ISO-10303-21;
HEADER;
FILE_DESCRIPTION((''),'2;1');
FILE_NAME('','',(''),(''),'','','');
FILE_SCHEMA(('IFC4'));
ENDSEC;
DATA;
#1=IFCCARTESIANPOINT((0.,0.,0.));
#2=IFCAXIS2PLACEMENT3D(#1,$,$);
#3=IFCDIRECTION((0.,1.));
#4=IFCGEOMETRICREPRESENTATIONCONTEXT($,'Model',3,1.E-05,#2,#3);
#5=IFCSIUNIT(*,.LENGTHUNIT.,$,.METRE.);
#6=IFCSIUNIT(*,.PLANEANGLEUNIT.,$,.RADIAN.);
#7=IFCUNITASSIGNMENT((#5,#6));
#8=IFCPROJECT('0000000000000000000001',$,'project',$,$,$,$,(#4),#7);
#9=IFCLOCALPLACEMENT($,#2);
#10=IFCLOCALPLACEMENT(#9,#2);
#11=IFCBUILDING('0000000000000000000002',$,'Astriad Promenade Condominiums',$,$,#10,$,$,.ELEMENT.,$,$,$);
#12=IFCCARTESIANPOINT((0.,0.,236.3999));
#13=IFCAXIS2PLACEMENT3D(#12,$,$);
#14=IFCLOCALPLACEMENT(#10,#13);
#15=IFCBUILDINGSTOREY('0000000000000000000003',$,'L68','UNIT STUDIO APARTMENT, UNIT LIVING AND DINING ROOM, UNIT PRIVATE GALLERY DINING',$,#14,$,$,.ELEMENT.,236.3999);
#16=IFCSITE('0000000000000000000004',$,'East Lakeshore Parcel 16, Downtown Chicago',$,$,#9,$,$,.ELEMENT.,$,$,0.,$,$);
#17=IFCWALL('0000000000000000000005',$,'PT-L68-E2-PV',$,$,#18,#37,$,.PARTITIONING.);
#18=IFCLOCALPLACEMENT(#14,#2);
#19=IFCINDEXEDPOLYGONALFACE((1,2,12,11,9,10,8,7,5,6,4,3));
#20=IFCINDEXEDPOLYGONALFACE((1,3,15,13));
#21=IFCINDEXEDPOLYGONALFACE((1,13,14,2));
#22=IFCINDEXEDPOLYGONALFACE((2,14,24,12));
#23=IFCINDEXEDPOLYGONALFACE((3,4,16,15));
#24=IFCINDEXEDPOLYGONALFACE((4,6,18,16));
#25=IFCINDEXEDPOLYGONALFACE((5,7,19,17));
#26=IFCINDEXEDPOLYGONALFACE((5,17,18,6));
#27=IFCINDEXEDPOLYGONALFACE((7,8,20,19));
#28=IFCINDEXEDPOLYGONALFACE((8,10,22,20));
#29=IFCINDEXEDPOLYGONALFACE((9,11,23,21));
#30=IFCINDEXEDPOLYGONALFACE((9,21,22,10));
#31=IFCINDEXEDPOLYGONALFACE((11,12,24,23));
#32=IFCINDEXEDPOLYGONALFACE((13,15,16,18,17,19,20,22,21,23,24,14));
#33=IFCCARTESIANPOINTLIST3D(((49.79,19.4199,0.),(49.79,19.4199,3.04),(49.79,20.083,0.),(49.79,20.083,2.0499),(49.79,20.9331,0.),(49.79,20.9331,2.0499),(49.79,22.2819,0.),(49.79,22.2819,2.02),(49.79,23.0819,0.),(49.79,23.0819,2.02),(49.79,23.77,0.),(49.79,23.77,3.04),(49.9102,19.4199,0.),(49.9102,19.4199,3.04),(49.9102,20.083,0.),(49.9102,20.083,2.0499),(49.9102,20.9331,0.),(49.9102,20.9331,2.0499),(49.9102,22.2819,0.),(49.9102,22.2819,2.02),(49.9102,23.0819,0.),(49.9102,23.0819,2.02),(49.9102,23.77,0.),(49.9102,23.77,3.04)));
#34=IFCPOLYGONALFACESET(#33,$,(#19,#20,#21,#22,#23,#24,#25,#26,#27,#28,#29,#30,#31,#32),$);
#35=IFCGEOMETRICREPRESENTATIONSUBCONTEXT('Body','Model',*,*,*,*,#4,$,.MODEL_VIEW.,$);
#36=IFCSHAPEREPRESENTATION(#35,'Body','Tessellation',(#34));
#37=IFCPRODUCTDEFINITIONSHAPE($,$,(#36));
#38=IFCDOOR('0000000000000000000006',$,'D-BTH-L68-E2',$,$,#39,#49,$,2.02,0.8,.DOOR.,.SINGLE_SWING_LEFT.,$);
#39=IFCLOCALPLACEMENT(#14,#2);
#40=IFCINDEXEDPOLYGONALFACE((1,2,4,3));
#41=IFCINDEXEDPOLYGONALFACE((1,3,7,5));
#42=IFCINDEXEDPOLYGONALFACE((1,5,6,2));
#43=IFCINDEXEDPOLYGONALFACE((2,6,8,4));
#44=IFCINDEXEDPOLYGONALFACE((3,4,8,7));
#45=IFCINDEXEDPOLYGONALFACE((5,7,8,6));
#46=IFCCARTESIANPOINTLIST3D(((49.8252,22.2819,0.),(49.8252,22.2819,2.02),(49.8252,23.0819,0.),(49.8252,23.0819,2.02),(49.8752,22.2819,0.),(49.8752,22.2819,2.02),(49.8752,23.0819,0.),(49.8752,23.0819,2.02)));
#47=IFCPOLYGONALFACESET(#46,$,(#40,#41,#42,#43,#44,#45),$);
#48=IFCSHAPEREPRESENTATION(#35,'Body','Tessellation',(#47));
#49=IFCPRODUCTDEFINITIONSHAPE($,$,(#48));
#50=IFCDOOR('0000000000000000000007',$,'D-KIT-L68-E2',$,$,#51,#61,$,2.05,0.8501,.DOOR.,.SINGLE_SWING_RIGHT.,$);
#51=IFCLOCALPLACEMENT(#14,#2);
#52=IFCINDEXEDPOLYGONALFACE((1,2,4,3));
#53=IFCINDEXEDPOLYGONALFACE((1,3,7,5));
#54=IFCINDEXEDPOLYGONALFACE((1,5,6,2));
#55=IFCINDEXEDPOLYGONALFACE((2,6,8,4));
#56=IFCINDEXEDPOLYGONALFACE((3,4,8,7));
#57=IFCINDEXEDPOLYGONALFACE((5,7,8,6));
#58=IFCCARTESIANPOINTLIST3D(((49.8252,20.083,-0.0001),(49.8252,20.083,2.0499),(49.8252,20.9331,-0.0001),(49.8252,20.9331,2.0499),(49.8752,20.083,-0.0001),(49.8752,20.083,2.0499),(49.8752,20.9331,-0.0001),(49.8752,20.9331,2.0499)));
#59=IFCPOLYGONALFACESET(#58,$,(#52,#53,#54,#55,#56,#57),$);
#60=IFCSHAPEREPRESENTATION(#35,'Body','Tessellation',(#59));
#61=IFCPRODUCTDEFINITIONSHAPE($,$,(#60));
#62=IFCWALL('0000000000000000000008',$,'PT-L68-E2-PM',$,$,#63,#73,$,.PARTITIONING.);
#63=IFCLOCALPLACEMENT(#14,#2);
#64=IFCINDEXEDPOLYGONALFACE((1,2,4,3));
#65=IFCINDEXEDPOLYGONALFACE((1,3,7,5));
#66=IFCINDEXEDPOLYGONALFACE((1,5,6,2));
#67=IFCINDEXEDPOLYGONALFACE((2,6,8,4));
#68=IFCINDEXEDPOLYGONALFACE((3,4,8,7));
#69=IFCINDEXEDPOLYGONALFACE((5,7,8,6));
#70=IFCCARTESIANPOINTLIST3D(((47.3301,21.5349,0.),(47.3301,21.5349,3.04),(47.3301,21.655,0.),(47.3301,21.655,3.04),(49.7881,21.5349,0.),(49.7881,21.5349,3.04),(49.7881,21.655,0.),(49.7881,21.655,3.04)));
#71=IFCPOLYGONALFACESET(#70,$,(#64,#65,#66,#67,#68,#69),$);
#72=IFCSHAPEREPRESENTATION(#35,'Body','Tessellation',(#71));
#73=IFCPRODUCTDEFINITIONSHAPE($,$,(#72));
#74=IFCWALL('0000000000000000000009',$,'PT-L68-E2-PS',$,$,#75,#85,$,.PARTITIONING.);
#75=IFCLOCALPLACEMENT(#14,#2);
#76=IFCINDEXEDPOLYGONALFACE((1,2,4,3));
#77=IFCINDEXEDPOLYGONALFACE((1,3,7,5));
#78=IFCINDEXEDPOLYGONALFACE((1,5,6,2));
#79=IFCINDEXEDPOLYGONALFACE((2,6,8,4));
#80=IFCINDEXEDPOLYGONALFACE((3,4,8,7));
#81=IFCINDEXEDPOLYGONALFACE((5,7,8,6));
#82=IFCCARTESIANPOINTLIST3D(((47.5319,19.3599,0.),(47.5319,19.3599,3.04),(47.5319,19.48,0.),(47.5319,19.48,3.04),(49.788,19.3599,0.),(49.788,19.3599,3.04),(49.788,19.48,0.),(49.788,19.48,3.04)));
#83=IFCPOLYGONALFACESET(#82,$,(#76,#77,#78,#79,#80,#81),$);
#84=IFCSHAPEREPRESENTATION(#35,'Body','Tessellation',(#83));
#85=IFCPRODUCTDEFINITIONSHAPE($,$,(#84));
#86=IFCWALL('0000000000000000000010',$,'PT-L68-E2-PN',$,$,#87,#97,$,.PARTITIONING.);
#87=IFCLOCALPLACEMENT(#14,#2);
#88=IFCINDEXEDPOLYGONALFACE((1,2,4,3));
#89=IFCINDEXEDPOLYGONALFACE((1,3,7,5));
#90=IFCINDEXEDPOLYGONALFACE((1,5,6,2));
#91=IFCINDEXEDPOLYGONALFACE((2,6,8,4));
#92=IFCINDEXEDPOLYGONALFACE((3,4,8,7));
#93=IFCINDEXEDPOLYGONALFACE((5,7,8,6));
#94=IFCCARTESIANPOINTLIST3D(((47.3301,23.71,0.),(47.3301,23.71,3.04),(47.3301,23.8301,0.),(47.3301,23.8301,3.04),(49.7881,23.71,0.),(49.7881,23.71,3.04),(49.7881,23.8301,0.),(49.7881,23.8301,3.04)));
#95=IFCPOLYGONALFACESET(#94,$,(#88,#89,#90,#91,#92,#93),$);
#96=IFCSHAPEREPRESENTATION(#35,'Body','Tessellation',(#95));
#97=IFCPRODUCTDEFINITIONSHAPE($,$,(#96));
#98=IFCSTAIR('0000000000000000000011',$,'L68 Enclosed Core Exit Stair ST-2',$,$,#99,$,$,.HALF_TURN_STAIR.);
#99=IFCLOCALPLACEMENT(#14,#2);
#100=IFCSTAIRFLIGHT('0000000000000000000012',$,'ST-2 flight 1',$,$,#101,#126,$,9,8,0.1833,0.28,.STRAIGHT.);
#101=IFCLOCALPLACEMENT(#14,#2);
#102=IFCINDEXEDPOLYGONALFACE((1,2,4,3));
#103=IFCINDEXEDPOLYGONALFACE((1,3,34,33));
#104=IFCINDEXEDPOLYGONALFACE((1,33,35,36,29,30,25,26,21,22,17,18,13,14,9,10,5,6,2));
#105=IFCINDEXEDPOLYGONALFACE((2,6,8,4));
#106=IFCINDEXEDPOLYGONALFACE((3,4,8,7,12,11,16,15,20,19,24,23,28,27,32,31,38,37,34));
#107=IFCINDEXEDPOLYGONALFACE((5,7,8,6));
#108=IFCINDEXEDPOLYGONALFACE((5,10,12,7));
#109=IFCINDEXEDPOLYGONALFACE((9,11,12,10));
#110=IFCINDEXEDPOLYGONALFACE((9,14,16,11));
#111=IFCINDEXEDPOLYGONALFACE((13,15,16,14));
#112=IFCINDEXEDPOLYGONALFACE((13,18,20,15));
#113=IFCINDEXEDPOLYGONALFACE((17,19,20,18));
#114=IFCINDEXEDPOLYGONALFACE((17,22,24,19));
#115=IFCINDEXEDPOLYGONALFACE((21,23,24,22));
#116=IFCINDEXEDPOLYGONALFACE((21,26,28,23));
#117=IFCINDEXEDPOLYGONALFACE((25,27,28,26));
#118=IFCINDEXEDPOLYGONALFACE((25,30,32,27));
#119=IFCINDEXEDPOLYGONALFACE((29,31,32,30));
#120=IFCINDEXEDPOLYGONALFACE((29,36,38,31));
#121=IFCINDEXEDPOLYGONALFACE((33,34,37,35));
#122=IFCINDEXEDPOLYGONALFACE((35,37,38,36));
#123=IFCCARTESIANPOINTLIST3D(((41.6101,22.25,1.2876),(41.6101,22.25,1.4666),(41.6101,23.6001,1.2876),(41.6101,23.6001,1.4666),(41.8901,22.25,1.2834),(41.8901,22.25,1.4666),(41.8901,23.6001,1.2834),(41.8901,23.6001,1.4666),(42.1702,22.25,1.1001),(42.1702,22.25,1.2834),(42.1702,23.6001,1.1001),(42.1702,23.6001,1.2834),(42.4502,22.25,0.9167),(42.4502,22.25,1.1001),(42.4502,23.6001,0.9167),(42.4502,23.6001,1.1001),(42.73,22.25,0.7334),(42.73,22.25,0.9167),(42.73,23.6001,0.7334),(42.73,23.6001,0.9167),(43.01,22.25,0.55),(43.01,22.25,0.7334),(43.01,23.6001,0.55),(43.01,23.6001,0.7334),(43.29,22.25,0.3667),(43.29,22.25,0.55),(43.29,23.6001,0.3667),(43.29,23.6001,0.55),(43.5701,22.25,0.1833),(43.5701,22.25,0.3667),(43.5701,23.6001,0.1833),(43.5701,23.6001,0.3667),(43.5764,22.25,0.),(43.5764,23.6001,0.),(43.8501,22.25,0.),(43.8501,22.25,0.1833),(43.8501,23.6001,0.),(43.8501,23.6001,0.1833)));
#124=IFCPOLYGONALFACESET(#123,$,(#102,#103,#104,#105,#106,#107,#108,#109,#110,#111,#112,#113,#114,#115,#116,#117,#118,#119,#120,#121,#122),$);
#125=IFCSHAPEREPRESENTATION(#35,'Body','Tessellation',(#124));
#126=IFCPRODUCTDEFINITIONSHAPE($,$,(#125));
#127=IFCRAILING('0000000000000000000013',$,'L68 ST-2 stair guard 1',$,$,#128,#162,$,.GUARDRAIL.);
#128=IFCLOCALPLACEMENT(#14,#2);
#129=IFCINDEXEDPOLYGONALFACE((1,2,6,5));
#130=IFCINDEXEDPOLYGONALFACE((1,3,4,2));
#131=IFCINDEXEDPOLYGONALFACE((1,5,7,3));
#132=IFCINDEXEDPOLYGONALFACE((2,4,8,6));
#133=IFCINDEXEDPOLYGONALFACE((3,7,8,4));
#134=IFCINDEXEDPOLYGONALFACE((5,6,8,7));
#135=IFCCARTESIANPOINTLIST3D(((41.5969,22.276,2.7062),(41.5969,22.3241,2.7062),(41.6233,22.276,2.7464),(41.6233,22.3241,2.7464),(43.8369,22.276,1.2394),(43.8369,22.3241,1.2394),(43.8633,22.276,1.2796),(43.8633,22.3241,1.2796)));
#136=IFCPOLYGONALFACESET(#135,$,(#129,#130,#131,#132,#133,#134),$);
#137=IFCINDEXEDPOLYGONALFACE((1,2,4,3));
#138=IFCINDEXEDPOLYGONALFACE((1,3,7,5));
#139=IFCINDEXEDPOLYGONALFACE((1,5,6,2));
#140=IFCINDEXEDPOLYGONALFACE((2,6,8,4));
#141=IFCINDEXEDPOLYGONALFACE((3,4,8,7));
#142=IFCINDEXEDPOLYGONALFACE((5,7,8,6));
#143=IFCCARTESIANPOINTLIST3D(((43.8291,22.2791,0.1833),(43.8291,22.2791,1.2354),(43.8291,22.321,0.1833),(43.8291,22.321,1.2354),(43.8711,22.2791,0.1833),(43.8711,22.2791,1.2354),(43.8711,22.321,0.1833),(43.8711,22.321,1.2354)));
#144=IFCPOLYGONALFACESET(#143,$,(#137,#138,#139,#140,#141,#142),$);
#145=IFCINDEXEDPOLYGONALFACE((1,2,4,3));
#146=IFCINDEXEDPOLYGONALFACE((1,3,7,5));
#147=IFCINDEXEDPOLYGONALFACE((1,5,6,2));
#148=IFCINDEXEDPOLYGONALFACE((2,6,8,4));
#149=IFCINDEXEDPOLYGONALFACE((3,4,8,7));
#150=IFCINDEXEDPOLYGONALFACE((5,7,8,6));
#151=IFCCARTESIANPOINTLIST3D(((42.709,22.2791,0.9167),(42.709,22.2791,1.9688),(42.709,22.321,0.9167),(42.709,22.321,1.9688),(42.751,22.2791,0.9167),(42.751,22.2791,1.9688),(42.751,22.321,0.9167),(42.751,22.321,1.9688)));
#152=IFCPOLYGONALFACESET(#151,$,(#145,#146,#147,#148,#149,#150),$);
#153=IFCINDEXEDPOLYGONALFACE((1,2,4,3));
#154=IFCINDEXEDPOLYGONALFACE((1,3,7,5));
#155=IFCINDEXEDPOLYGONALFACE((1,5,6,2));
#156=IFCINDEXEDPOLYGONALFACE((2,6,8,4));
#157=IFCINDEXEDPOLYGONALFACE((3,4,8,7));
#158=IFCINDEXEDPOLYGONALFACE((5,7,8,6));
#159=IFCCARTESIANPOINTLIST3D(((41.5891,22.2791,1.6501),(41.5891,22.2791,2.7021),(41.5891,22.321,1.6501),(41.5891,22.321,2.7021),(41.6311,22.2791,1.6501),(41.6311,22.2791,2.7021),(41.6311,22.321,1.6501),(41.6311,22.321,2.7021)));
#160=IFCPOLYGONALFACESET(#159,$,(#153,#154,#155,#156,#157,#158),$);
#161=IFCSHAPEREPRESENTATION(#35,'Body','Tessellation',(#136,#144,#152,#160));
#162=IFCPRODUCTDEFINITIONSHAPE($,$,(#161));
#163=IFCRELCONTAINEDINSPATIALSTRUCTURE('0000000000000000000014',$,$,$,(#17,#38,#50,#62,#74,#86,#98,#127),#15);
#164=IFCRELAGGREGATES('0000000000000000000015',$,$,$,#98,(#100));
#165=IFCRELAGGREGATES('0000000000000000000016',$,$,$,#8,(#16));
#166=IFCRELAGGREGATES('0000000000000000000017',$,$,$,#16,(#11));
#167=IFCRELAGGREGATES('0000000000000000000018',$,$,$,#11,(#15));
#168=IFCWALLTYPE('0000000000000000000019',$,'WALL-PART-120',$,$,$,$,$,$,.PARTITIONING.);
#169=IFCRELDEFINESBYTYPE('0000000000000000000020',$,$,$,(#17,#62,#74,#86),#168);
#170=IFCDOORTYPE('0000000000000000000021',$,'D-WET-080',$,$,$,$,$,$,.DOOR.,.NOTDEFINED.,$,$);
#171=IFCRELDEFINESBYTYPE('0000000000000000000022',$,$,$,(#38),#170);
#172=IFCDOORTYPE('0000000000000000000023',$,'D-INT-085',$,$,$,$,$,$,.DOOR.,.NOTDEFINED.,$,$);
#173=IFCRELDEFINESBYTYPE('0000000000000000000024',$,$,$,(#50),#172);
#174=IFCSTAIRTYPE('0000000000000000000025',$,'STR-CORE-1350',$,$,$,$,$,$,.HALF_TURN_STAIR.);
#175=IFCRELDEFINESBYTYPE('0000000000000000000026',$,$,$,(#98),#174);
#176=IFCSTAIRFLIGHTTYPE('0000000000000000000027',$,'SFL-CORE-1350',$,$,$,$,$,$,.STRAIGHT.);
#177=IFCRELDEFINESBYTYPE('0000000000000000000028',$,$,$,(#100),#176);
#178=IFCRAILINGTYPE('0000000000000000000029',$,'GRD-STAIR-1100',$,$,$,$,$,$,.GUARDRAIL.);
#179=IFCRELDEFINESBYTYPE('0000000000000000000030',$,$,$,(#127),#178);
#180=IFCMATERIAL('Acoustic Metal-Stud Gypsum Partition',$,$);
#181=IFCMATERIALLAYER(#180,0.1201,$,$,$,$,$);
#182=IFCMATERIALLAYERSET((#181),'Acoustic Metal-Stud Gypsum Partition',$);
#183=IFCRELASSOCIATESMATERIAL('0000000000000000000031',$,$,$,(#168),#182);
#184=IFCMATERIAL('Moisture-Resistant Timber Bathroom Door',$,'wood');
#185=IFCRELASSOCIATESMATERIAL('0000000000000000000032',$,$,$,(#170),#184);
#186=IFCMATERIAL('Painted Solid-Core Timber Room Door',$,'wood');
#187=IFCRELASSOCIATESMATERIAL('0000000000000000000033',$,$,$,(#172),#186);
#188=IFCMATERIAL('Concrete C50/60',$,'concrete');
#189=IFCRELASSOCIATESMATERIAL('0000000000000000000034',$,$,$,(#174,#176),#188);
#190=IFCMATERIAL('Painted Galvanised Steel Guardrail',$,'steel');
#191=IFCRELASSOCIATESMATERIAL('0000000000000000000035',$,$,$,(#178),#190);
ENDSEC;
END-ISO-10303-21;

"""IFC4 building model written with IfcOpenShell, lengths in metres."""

from ifc_helpers import new_model, si_unit, direction, frame, frame_2d, origin, origin_2d, place, context, subcontext, project, spatial, polyline, rectangle, outline, extrude, source, transform, mapped, material, layer, layer_set, type_object, type_shapes, element, fill, aggregate, save


model = new_model("IFC4")

# Units and contexts
model_context = context("Model", 3, precision=1e-05, world=origin(), true_north=direction((0.0, 1.0)))
body_context = subcontext(model_context, "Body", "Model", "MODEL_VIEW")
ifc_project = project(units=[si_unit("LENGTHUNIT", "METRE"), si_unit("PLANEANGLEUNIT", "RADIAN")], contexts=[model_context])

# Site, building, storey
site_placement = place(None, origin())
site = spatial("IfcSite", under=ifc_project, at=site_placement, Name="East Lakeshore Parcel 16, Downtown Chicago", CompositionType="ELEMENT", RefElevation=0.0)
building_placement = place(site_placement, origin())
building = spatial("IfcBuilding", under=site, at=building_placement, Name="Astriad Promenade Condominiums", CompositionType="ELEMENT")
storey_placement = place(building_placement, frame((0.0, 0.0, 236.3999)))
storey = spatial("IfcBuildingStorey", under=building, at=storey_placement, Name="L68", Description="UNIT STUDIO APARTMENT, UNIT LIVING AND DINING ROOM, UNIT PRIVATE GALLERY DINING", CompositionType="ELEMENT", Elevation=236.3999)

# Shared definitions
ifc_material_1 = material(Name="Concrete C50/60", Category="concrete")

# Wall, openings, doors
ifc_material_2 = material(Name="Acoustic Metal-Stud Gypsum Partition")
ifc_layer_1 = layer(ifc_material_2, 0.1201)
ifc_layer_set_1 = layer_set([ifc_layer_1], Name="Acoustic Metal-Stud Gypsum Partition")
wall_type_1 = type_object("IfcWallType", Name="WALL-PART-120", PredefinedType="PARTITIONING", material=ifc_layer_set_1)
wall_1_placement = place(storey_placement, frame((49.8501, 19.4199, 0.0), z_axis=(0.0, 0.0, 1.0), x_axis=(0.0, 1.0, 0.0)))
wall_1 = element("IfcWall", 1, at=wall_1_placement, inside=storey, type_object=wall_type_1, Name="PT-L68-E2-PV", PredefinedType="PARTITIONING", context=body_context, shape_type="SweptSolid", body=[
    extrude(rectangle(XDim=4.3501, YDim=0.1201, at=frame_2d((2.175, 0.0))), origin(), (0.0, 0.0, 1.0), 3.04),
])
opening_1_placement = place(wall_1_placement, frame((0.6631, 0.0, 0.0)))
opening_1 = element("IfcOpeningElement", 2, at=opening_1_placement, cuts=wall_1, PredefinedType="OPENING", context=body_context, shape_type="SweptSolid", body=[
    extrude(rectangle(XDim=0.8501, YDim=2.05, at=frame_2d((0.425, 1.0249))), frame((0.0, 0.0701, 0.0), z_axis=(0.0, -1.0, 0.0), x_axis=(1.0, 0.0, 0.0)), (0.0, 0.0, 1.0), 0.1401),
])
opening_2_placement = place(wall_1_placement, frame((2.8621, 0.0, 0.0)))
opening_2 = element("IfcOpeningElement", 3, at=opening_2_placement, cuts=wall_1, PredefinedType="OPENING", context=body_context, shape_type="SweptSolid", body=[
    extrude(rectangle(XDim=0.8, YDim=2.02, at=frame_2d((0.3999, 1.01))), frame((0.0, 0.0701, 0.0), z_axis=(0.0, -1.0, 0.0), x_axis=(1.0, 0.0, 0.0)), (0.0, 0.0, 1.0), 0.1401),
])
ifc_material_3 = material(Name="Moisture-Resistant Timber Bathroom Door", Category="wood")
door_type_1 = type_object("IfcDoorType", Name="D-WET-080", OperationType="NOTDEFINED", PredefinedType="DOOR", material=ifc_material_3)
shared_shape_1 = source(origin(), body_context, "Body", "SweptSolid", [
    extrude(rectangle(XDim=0.8, YDim=2.02, at=frame_2d((0.3999, 1.01))), frame((0.0, 0.0249, 0.0), z_axis=(0.0, -1.0, 0.0), x_axis=(1.0, 0.0, 0.0)), (0.0, 0.0, 1.0), 0.05),
])
type_shapes(door_type_1, [shared_shape_1])
door_1_placement = place(opening_2_placement, origin())
door_1 = element("IfcDoor", 4, at=door_1_placement, inside=storey, type_object=door_type_1, Name="D-BTH-L68-E2", OperationType="SINGLE_SWING_LEFT", OverallHeight=2.02, OverallWidth=0.8, PredefinedType="DOOR", context=body_context, shape_type="MappedRepresentation", body=[
    mapped(shared_shape_1, transform((0.0, 0.0, 0.0), scale=1.0)),
])
fill(opening_2, door_1)
ifc_material_4 = material(Name="Painted Solid-Core Timber Room Door", Category="wood")
door_type_2 = type_object("IfcDoorType", Name="D-INT-085", OperationType="NOTDEFINED", PredefinedType="DOOR", material=ifc_material_4)
shared_shape_2 = source(origin(), body_context, "Body", "SweptSolid", [
    extrude(rectangle(XDim=0.8501, YDim=2.05, at=frame_2d((0.425, 1.0249))), frame((0.0, 0.0249, 0.0), z_axis=(0.0, -1.0, 0.0), x_axis=(1.0, 0.0, 0.0)), (0.0, 0.0, 1.0), 0.05),
])
type_shapes(door_type_2, [shared_shape_2])
door_2_placement = place(opening_1_placement, origin())
door_2 = element("IfcDoor", 5, at=door_2_placement, inside=storey, type_object=door_type_2, Name="D-KIT-L68-E2", OperationType="SINGLE_SWING_RIGHT", OverallHeight=2.05, OverallWidth=0.8501, PredefinedType="DOOR", context=body_context, shape_type="MappedRepresentation", body=[
    mapped(shared_shape_2, transform((0.0, 0.0, 0.0), scale=1.0)),
])
fill(opening_1, door_2)

# Walls
wall_2_placement = place(storey_placement, frame((47.3301, 21.595, 0.0), z_axis=(0.0, 0.0, 1.0), x_axis=(1.0, 0.0, 0.0)))
element("IfcWall", 6, at=wall_2_placement, inside=storey, type_object=wall_type_1, Name="PT-L68-E2-PM", PredefinedType="PARTITIONING", context=body_context, shape_type="SweptSolid", body=[
    extrude(rectangle(XDim=2.458, YDim=0.1201, at=frame_2d((1.229, 0.0))), origin(), (0.0, 0.0, 1.0), 3.04),
])
wall_3_placement = place(storey_placement, frame((47.532, 19.4199, 0.0), z_axis=(0.0, 0.0, 1.0), x_axis=(1.0, 0.0, 0.0)))
element("IfcWall", 7, at=wall_3_placement, inside=storey, type_object=wall_type_1, Name="PT-L68-E2-PS", PredefinedType="PARTITIONING", context=body_context, shape_type="SweptSolid", body=[
    extrude(rectangle(XDim=2.2561, YDim=0.1201, at=frame_2d((1.1279, 0.0))), origin(), (0.0, 0.0, 1.0), 3.04),
])
wall_4_placement = place(storey_placement, frame((47.3301, 23.77, 0.0), z_axis=(0.0, 0.0, 1.0), x_axis=(1.0, 0.0, 0.0)))
element("IfcWall", 8, at=wall_4_placement, inside=storey, type_object=wall_type_1, Name="PT-L68-E2-PN", PredefinedType="PARTITIONING", context=body_context, shape_type="SweptSolid", body=[
    extrude(rectangle(XDim=2.458, YDim=0.1201, at=frame_2d((1.229, 0.0))), origin(), (0.0, 0.0, 1.0), 3.04),
])

# Stair, stair flight
stair_type = type_object("IfcStairType", Name="STR-CORE-1350", PredefinedType="HALF_TURN_STAIR", material=ifc_material_1)
stair_placement = place(storey_placement, origin())
stair = element("IfcStair", 9, at=stair_placement, inside=storey, type_object=stair_type, Name="L68 Enclosed Core Exit Stair ST-2", PredefinedType="HALF_TURN_STAIR")
stair_flight_type = type_object("IfcStairFlightType", Name="SFL-CORE-1350", PredefinedType="STRAIGHT", material=ifc_material_1)
shared_shape_3 = source(origin(), body_context, "Body", "SweptSolid", [
    extrude(outline(polyline([(0.0, 0.0), (0.0, 0.1833), (0.28, 0.1833), (0.28, 0.3667), (0.5601, 0.3667), (0.5601, 0.55), (0.8401, 0.55), (0.8401, 0.7334), (1.1201, 0.7334), (1.1201, 0.9167), (1.3999, 0.9167), (1.3999, 1.1001), (1.6799, 1.1001), (1.6799, 1.2834), (1.96, 1.2834), (1.96, 1.4666), (2.24, 1.4666), (2.24, 1.6499), (2.24, 1.2876), (0.2737, 0.0), (0.0, 0.0)])), frame((0.0, 0.675, 0.0), z_axis=(0.0, -1.0, 0.0), x_axis=(1.0, 0.0, 0.0)), (0.0, 0.0, 1.0), 1.3501),
])
type_shapes(stair_flight_type, [shared_shape_3])
stair_flight_placement = place(storey_placement, frame((43.8501, 22.925, 0.0), z_axis=(0.0, 0.0, 1.0), x_axis=(-1.0, 0.0, 0.0)))
stair_flight = element("IfcStairFlight", 10, at=stair_flight_placement, type_object=stair_flight_type, Name="ST-2 flight 1", NumberOfRisers=9, NumberOfTreads=8, PredefinedType="STRAIGHT", RiserHeight=0.1833, TreadLength=0.28, context=body_context, shape_type="MappedRepresentation", body=[
    mapped(shared_shape_3, transform((0.0, 0.0, 0.0), scale=1.0)),
])
aggregate(stair, [stair_flight])

# Railing
ifc_material_5 = material(Name="Painted Galvanised Steel Guardrail", Category="steel")
railing_type_1 = type_object("IfcRailingType", Name="GRD-STAIR-1100", PredefinedType="GUARDRAIL", material=ifc_material_5)
shared_shape_4 = source(origin(), body_context, "Body", "SweptSolid", [
    extrude(rectangle(XDim=0.0481, YDim=0.0481, at=origin_2d()), frame((0.0, 0.0, 1.0762), z_axis=(-0.836595, 0.0, 0.547822), x_axis=(0.0, -1.0, 0.0)), (0.0, 0.0, 1.0), 2.6775),
    extrude(rectangle(XDim=0.042, YDim=0.042, at=origin_2d()), origin(), (0.0, 0.0, 1.0), 1.052),
    extrude(rectangle(XDim=0.042, YDim=0.042, at=origin_2d()), frame((-1.1201, 0.0, 0.7334)), (0.0, 0.0, 1.0), 1.052),
    extrude(rectangle(XDim=0.042, YDim=0.042, at=origin_2d()), frame((-2.24, 0.0, 1.4668)), (0.0, 0.0, 1.0), 1.052),
])
railing_1_placement = place(storey_placement, frame((43.8501, 22.3, 0.1833)))
element("IfcRailing", 11, at=railing_1_placement, inside=storey, type_object=railing_type_1, Name="L68 ST-2 stair guard 1", PredefinedType="GUARDRAIL", context=body_context, shape_type="MappedRepresentation", body=[
    mapped(shared_shape_4, transform((0.0, 0.0, 0.0), scale=1.0)),
])

save(model, "model.ifc")
